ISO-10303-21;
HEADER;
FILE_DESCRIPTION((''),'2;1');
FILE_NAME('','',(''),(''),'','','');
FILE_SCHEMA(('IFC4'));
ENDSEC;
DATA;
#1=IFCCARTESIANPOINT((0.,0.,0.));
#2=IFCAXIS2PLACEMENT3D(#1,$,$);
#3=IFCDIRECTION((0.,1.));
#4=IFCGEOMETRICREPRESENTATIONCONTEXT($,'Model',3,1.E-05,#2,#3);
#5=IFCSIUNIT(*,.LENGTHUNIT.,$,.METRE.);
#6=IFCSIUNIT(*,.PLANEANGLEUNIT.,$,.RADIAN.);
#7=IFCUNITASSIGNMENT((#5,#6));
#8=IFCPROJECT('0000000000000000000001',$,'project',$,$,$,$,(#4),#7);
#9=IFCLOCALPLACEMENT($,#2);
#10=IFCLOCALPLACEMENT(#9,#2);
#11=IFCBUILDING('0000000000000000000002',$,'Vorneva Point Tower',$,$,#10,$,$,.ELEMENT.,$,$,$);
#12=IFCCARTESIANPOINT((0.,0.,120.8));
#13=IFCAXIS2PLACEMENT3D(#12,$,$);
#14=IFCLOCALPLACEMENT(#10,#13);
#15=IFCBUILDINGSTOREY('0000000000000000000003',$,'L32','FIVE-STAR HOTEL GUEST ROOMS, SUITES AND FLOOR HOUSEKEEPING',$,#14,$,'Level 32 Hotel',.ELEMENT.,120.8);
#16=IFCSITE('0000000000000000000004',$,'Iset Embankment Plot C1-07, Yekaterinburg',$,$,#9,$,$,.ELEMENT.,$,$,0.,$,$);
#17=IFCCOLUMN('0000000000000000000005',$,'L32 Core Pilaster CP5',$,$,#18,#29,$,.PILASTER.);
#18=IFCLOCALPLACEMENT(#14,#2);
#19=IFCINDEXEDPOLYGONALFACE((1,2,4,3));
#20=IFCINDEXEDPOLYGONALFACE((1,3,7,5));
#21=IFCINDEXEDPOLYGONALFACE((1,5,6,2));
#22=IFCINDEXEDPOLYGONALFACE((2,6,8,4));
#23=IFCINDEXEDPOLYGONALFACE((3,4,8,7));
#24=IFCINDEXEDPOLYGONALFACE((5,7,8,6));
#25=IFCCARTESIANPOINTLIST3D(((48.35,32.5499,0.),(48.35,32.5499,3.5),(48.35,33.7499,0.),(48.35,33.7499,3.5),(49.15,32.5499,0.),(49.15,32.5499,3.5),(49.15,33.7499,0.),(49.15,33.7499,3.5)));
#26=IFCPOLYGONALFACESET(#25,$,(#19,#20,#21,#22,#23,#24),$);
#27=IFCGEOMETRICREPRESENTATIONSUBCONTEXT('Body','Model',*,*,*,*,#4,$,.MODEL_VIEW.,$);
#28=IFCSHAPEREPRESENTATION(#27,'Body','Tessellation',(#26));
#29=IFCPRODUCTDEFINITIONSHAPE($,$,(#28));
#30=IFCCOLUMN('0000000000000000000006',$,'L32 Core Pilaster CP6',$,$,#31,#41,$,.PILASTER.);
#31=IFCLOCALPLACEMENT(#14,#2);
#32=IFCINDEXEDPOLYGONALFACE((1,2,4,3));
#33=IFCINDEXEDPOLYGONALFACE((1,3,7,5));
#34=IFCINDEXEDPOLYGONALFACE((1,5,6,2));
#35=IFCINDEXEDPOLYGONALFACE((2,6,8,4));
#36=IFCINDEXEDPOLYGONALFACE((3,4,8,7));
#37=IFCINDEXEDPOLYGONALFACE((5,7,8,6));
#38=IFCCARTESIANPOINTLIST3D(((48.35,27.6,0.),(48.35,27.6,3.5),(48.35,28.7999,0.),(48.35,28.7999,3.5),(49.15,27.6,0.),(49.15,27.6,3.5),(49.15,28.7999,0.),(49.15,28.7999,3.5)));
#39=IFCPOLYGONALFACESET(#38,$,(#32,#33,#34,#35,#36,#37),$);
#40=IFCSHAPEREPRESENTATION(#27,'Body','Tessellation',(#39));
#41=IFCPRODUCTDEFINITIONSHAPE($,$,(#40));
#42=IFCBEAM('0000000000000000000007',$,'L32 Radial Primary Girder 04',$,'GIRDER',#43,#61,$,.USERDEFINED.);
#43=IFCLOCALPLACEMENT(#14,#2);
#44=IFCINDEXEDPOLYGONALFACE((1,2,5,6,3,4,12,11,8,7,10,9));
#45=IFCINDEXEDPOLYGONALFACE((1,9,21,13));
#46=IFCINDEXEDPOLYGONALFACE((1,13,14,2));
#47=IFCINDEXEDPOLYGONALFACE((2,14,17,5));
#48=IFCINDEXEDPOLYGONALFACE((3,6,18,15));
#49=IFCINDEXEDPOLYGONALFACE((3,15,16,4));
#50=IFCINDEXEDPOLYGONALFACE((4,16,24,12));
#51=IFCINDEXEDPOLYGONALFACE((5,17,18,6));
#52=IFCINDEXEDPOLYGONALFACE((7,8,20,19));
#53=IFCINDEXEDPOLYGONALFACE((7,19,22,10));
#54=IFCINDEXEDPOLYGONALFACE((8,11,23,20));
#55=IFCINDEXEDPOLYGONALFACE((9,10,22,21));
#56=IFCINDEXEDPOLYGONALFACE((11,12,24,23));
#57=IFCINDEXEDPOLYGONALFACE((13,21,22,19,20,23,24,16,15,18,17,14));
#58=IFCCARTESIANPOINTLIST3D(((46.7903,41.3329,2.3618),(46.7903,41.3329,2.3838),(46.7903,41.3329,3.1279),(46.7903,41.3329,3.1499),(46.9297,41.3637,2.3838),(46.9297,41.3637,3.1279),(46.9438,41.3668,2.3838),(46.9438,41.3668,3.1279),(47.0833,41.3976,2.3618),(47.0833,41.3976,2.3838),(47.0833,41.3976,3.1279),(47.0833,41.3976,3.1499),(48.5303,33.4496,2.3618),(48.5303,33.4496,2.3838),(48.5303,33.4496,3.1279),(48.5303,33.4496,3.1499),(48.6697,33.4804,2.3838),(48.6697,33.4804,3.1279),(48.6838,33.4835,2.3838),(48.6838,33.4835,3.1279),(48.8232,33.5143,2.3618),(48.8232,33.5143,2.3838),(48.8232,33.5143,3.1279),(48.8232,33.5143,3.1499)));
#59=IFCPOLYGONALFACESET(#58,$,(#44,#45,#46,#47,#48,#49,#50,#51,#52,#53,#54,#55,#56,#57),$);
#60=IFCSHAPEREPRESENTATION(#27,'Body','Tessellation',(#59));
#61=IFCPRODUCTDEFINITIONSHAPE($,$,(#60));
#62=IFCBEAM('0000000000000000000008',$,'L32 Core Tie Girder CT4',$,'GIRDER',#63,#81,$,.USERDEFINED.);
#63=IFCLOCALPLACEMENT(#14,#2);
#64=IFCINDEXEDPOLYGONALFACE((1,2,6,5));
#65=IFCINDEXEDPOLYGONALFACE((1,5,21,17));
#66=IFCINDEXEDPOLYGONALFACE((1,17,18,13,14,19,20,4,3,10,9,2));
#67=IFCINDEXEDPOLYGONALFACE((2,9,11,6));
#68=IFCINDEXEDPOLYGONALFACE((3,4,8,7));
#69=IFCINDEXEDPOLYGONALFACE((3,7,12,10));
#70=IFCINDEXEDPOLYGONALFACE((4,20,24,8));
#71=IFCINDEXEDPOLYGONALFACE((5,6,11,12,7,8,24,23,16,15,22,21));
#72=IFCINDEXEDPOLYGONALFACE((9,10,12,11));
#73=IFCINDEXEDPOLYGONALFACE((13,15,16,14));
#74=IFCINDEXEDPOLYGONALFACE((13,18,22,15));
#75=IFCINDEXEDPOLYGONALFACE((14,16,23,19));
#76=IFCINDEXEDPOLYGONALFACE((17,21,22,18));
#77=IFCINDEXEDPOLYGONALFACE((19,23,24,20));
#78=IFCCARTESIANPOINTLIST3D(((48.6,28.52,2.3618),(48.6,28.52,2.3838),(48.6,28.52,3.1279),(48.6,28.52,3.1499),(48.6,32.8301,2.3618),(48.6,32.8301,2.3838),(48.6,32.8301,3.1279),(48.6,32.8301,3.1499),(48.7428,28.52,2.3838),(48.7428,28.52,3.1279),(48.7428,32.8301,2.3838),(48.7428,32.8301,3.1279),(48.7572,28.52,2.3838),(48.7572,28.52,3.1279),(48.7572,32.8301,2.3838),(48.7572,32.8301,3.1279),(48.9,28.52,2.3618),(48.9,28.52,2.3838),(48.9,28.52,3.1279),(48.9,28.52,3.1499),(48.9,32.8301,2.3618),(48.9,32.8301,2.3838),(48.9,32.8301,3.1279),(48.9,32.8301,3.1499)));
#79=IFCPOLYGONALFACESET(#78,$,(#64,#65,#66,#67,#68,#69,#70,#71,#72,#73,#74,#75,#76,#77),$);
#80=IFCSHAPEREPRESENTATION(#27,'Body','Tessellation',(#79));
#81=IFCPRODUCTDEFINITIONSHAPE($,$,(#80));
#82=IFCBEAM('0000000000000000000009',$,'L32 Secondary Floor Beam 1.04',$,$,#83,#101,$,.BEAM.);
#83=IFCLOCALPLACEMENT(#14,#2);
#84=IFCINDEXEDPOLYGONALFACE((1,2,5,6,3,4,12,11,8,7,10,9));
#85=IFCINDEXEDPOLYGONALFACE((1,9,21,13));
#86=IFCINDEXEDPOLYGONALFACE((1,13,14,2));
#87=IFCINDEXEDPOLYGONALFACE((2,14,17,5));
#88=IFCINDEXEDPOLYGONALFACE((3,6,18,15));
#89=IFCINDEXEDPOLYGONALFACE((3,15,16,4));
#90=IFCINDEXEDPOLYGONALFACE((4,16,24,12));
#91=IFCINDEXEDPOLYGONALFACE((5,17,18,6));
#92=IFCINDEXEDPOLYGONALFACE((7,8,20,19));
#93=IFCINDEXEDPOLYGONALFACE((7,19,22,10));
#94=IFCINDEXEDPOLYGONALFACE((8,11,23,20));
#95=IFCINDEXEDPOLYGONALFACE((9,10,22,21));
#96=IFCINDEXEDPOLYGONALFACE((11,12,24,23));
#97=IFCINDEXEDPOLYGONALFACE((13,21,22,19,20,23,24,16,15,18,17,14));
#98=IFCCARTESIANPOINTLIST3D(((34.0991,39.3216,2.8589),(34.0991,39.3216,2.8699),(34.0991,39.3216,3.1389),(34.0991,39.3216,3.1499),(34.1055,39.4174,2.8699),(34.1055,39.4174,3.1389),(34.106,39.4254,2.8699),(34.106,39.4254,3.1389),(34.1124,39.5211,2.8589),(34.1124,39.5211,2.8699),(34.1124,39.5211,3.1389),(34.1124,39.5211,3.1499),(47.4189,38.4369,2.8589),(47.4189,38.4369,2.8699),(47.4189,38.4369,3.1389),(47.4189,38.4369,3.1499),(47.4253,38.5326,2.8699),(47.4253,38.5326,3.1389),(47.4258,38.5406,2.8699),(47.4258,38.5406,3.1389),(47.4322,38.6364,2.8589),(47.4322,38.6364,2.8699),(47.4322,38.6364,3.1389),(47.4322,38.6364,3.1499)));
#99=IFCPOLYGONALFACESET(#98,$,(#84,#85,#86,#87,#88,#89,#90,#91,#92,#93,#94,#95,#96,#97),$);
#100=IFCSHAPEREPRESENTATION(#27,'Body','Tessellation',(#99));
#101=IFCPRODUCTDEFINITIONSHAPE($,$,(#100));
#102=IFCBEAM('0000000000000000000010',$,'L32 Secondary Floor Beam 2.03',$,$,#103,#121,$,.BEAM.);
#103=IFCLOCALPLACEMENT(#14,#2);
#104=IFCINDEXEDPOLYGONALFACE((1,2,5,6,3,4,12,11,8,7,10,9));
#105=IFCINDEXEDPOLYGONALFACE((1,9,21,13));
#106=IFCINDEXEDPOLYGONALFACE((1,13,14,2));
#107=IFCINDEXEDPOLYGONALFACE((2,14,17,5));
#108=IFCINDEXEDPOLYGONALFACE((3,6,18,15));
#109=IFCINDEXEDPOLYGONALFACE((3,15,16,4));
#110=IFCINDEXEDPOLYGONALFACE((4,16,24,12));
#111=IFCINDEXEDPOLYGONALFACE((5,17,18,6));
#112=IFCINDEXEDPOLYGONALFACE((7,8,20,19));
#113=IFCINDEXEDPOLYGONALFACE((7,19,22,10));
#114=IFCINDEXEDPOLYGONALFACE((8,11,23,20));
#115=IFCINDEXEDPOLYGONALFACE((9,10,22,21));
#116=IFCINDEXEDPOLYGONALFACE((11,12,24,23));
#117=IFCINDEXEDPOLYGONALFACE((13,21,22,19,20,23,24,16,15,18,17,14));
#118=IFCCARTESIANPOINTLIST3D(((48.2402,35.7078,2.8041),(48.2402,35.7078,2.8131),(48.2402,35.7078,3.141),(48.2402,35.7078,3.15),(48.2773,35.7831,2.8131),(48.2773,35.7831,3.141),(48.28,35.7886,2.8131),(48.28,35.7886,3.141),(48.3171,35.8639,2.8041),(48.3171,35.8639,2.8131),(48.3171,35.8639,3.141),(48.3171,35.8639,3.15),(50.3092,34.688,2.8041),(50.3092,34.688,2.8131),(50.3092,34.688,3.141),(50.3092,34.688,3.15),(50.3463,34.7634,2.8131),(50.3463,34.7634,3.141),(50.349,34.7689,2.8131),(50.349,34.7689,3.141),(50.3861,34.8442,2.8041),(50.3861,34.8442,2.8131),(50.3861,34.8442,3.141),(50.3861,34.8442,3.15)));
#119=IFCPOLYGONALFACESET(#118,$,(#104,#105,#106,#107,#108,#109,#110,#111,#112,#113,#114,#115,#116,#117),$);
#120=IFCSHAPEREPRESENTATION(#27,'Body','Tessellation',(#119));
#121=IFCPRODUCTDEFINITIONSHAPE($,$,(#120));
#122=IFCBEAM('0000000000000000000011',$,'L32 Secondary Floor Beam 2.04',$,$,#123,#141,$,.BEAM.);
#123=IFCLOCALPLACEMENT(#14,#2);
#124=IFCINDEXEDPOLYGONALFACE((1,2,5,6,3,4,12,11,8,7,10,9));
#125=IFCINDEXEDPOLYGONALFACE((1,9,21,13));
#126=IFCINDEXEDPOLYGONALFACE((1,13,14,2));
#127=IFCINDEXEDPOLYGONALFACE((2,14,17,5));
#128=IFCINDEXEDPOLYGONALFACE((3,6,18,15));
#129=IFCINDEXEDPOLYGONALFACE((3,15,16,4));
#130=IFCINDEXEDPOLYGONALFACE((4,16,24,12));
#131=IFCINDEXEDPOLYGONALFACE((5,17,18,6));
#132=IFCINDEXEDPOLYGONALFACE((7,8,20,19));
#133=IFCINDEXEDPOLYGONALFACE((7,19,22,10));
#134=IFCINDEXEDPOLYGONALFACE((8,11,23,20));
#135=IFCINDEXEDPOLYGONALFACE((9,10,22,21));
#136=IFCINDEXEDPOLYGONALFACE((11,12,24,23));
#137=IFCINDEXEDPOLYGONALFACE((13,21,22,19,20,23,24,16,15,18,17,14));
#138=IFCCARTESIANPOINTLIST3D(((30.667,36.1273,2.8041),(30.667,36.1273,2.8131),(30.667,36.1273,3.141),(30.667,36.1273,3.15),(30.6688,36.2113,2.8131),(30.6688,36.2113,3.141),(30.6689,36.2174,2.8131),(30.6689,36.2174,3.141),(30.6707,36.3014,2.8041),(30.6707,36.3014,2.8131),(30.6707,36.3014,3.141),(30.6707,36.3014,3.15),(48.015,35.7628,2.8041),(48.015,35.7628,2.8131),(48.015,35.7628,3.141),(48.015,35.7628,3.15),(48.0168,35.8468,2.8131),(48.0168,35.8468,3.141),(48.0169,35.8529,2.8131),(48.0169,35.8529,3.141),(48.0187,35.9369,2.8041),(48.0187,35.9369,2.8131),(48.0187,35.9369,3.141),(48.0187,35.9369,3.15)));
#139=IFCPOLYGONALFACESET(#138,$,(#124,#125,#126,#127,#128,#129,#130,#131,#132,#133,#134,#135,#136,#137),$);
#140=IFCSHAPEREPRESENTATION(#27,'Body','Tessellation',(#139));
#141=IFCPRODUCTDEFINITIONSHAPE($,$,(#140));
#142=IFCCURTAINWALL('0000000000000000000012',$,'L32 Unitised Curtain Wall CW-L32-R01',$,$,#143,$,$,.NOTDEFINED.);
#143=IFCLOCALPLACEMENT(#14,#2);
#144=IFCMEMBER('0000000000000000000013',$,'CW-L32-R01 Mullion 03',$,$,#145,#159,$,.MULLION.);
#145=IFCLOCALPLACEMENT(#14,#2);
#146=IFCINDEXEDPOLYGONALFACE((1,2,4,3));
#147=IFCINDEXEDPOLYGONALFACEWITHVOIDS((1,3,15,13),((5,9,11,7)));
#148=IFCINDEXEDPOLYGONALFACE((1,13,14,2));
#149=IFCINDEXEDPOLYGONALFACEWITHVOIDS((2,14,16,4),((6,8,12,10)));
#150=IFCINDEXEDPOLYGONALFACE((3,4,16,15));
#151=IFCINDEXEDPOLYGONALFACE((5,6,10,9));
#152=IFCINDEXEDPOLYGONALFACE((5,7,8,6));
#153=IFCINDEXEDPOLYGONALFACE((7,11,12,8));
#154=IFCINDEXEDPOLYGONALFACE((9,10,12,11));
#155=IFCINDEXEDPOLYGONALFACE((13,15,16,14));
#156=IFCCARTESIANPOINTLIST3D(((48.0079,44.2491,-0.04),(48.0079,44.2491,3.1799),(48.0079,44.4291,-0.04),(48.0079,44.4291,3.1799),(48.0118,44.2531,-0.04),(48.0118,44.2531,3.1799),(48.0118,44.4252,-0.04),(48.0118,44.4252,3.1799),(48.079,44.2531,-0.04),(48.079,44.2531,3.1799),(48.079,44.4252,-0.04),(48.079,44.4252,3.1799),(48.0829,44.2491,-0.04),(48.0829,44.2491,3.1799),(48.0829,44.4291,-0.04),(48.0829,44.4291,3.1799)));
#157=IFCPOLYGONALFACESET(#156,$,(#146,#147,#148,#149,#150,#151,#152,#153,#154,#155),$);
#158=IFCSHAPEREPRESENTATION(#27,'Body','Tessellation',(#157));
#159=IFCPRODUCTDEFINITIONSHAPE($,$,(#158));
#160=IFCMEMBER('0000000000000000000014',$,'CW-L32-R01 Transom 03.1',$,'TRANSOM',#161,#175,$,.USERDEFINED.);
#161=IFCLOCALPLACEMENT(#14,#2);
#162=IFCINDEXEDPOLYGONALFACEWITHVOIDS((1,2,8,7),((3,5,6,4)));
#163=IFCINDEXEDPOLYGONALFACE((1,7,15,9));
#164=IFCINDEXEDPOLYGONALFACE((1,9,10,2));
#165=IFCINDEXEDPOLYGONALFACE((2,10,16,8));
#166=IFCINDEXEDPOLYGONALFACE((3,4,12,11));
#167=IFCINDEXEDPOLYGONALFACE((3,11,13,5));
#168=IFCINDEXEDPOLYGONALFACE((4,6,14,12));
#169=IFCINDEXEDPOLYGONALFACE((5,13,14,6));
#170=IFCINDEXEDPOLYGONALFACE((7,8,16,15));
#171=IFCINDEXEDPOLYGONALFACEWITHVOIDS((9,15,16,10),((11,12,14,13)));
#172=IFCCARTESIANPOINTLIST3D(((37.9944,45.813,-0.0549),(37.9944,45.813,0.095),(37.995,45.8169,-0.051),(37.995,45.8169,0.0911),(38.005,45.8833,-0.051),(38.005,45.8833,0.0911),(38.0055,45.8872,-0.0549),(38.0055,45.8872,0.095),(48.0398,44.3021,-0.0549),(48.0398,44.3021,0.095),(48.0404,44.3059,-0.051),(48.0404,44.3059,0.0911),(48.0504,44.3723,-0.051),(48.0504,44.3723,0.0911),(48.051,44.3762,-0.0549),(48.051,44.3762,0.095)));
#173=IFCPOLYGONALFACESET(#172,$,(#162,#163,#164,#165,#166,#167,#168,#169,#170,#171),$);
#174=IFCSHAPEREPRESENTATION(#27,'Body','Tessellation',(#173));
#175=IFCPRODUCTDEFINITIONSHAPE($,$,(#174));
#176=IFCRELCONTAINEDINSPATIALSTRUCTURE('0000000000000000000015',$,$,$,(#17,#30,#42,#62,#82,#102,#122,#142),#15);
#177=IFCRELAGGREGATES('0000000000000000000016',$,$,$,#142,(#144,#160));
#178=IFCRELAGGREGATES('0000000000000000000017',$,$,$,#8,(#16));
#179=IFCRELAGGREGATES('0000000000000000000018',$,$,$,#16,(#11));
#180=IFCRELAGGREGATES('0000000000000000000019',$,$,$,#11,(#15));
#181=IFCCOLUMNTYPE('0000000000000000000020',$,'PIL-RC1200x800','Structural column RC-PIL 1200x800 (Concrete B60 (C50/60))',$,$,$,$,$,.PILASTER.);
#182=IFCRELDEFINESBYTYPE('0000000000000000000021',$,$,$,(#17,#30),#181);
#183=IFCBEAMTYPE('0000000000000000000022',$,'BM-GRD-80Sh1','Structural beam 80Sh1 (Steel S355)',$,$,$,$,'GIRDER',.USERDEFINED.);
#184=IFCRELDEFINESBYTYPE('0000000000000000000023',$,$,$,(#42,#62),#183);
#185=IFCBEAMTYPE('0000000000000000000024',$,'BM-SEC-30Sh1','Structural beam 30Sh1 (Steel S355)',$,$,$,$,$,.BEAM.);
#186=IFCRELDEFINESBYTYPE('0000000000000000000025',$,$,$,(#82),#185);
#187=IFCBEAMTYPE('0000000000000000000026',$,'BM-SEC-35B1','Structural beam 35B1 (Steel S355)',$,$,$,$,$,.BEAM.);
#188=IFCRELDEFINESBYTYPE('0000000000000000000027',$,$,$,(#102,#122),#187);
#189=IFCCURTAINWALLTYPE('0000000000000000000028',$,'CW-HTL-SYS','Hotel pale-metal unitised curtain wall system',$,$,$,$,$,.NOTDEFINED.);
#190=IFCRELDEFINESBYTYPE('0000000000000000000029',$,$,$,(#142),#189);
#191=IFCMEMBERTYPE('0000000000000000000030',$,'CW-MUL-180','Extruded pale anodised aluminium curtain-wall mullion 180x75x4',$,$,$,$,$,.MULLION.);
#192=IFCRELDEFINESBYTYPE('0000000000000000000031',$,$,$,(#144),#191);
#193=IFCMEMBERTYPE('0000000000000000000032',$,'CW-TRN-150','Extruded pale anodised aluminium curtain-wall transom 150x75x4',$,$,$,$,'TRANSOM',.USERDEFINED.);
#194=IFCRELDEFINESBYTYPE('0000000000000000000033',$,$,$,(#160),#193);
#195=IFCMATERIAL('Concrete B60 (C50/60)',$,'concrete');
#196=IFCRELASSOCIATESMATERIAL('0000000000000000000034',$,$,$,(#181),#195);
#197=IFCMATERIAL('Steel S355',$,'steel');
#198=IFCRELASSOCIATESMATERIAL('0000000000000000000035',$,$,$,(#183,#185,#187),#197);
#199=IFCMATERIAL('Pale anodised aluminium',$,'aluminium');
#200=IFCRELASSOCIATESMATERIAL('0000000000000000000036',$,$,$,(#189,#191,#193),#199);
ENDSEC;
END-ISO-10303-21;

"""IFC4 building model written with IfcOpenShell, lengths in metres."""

from ifc_helpers import new_model, si_unit, direction, frame, origin, origin_2d, place, context, subcontext, project, spatial, rectangle, hollow_rectangle, i_section, extrude, material, material_profile, profile_set, type_object, element, aggregate, save


model = new_model("IFC4")

# Units and contexts
model_context = context("Model", 3, precision=1e-05, world=origin(), true_north=direction((0.0, 1.0)))
body_context = subcontext(model_context, "Body", "Model", "MODEL_VIEW")
ifc_project = project(units=[si_unit("LENGTHUNIT", "METRE"), si_unit("PLANEANGLEUNIT", "RADIAN")], contexts=[model_context])

# Site, building, storey
site_placement = place(None, origin())
site = spatial("IfcSite", under=ifc_project, at=site_placement, Name="Iset Embankment Plot C1-07, Yekaterinburg", CompositionType="ELEMENT", RefElevation=0.0)
building_placement = place(site_placement, origin())
building = spatial("IfcBuilding", under=site, at=building_placement, Name="Vorneva Point Tower", CompositionType="ELEMENT")
storey_placement = place(building_placement, frame((0.0, 0.0, 120.8)))
storey = spatial("IfcBuildingStorey", under=building, at=storey_placement, Name="L32", Description="FIVE-STAR HOTEL GUEST ROOMS, SUITES AND FLOOR HOUSEKEEPING", LongName="Level 32 Hotel", CompositionType="ELEMENT", Elevation=120.8)

# Columns
ifc_material_1 = material(Name="Concrete B60 (C50/60)", Category="concrete")
ifc_material_profile_1 = material_profile(ifc_material_1, rectangle(XDim=0.8, YDim=1.2, at=origin_2d()), Name="RC-PIL 1200x800")
ifc_profile_set_1 = profile_set([ifc_material_profile_1], Name="Concrete B60 (C50/60)")
column_type = type_object("IfcColumnType", Name="PIL-RC1200x800", Description="Structural column RC-PIL 1200x800 (Concrete B60 (C50/60))", PredefinedType="PILASTER", material=ifc_profile_set_1)
for number, where, z_axis, x_axis, name in (
    (1, (48.75, 33.1499, 0.0), (0.0, 0.0, 1.0), (1.0, 0.0, 0.0), "L32 Core Pilaster CP5"),
    (2, (48.75, 28.2, 0.0), (0.0, 0.0, 1.0), (1.0, 0.0, 0.0), "L32 Core Pilaster CP6"),
):
    element("IfcColumn", number, at=place(storey_placement, frame(where, z_axis=z_axis, x_axis=x_axis)), inside=storey, type_object=column_type, Name=name, PredefinedType="PILASTER", context=body_context, shape_type="SweptSolid", body=[
        extrude(rectangle(XDim=0.8, YDim=1.2, at=origin_2d()), origin(), (0.0, 0.0, 1.0), 3.5),
    ])

# Beams
ifc_material_2 = material(Name="Steel S355", Category="steel")
ifc_material_profile_2 = material_profile(ifc_material_2, i_section(OverallWidth=0.3, OverallDepth=0.7881, WebThickness=0.0144, FlangeThickness=0.022, at=origin_2d()), Name="80Sh1")
ifc_profile_set_2 = profile_set([ifc_material_profile_2], Name="Steel S355")
beam_type_1 = type_object("IfcBeamType", Name="BM-GRD-80Sh1", Description="Structural beam 80Sh1 (Steel S355)", ElementType="GIRDER", PredefinedType="USERDEFINED", material=ifc_profile_set_2)
beam_1_placement = place(storey_placement, frame((46.9368, 41.3652, 2.7559), z_axis=(0.215531, -0.976497, 0.0), x_axis=(0.976497, 0.215531, 0.0)))
element("IfcBeam", 3, at=beam_1_placement, inside=storey, type_object=beam_type_1, Name="L32 Radial Primary Girder 04", ObjectType="GIRDER", PredefinedType="USERDEFINED", context=body_context, shape_type="SweptSolid", body=[
    extrude(i_section(OverallWidth=0.3, OverallDepth=0.7881, WebThickness=0.0144, FlangeThickness=0.022, at=origin_2d()), origin(), (0.0, 0.0, 1.0), 8.073),
])
beam_2_placement = place(storey_placement, frame((48.75, 28.52, 2.7559), z_axis=(0.0, 1.0, 0.0), x_axis=(-1.0, 0.0, 0.0)))
element("IfcBeam", 4, at=beam_2_placement, inside=storey, type_object=beam_type_1, Name="L32 Core Tie Girder CT4", ObjectType="GIRDER", PredefinedType="USERDEFINED", context=body_context, shape_type="SweptSolid", body=[
    extrude(i_section(OverallWidth=0.3, OverallDepth=0.7881, WebThickness=0.0144, FlangeThickness=0.022, at=origin_2d()), origin(), (0.0, 0.0, 1.0), 4.3101),
])
ifc_material_profile_3 = material_profile(ifc_material_2, i_section(OverallWidth=0.2, OverallDepth=0.291, WebThickness=0.0081, FlangeThickness=0.011, at=origin_2d()), Name="30Sh1")
ifc_profile_set_3 = profile_set([ifc_material_profile_3], Name="Steel S355")
beam_type_2 = type_object("IfcBeamType", Name="BM-SEC-30Sh1", Description="Structural beam 30Sh1 (Steel S355)", PredefinedType="BEAM", material=ifc_profile_set_3)
beam_3_placement = place(storey_placement, frame((47.4255, 38.5366, 3.0044), z_axis=(-0.997801, 0.066279, 0.0), x_axis=(-0.066279, -0.997801, 0.0)))
element("IfcBeam", 5, at=beam_3_placement, inside=storey, type_object=beam_type_2, Name="L32 Secondary Floor Beam 1.04", PredefinedType="BEAM", context=body_context, shape_type="SweptSolid", body=[
    extrude(i_section(OverallWidth=0.2, OverallDepth=0.291, WebThickness=0.0081, FlangeThickness=0.011, at=origin_2d()), origin(), (0.0, 0.0, 1.0), 13.3491),
])
ifc_material_profile_4 = material_profile(ifc_material_2, i_section(OverallWidth=0.1741, OverallDepth=0.3459, WebThickness=0.0061, FlangeThickness=0.009, at=origin_2d()), Name="35B1")
ifc_profile_set_4 = profile_set([ifc_material_profile_4], Name="Steel S355")
beam_type_3 = type_object("IfcBeamType", Name="BM-SEC-35B1", Description="Structural beam 35B1 (Steel S355)", PredefinedType="BEAM", material=ifc_profile_set_4)
beam_4_placement = place(storey_placement, frame((50.3477, 34.7661, 2.9771), z_axis=(-0.896974, 0.442084, 0.0), x_axis=(-0.442084, -0.896974, 0.0)))
element("IfcBeam", 6, at=beam_4_placement, inside=storey, type_object=beam_type_3, Name="L32 Secondary Floor Beam 2.03", PredefinedType="BEAM", context=body_context, shape_type="SweptSolid", body=[
    extrude(i_section(OverallWidth=0.1741, OverallDepth=0.3459, WebThickness=0.0061, FlangeThickness=0.009, at=origin_2d()), origin(), (0.0, 0.0, 1.0), 2.3066),
])
beam_5_placement = place(storey_placement, frame((48.0168, 35.8499, 2.9771), z_axis=(-0.999779, 0.021007, 0.0), x_axis=(-0.021007, -0.999779, 0.0)))
element("IfcBeam", 7, at=beam_5_placement, inside=storey, type_object=beam_type_3, Name="L32 Secondary Floor Beam 2.04", PredefinedType="BEAM", context=body_context, shape_type="SweptSolid", body=[
    extrude(i_section(OverallWidth=0.1741, OverallDepth=0.3459, WebThickness=0.0061, FlangeThickness=0.009, at=origin_2d()), origin(), (0.0, 0.0, 1.0), 17.3518),
])

# Curtain wall, members
ifc_material_3 = material(Name="Pale anodised aluminium", Category="aluminium")
curtain_wall_type = type_object("IfcCurtainWallType", Name="CW-HTL-SYS", Description="Hotel pale-metal unitised curtain wall system", PredefinedType="NOTDEFINED", material=ifc_material_3)
curtain_wall_placement = place(storey_placement, origin())
curtain_wall = element("IfcCurtainWall", 8, at=curtain_wall_placement, inside=storey, type_object=curtain_wall_type, Name="L32 Unitised Curtain Wall CW-L32-R01", PredefinedType="NOTDEFINED")
ifc_material_profile_5 = material_profile(ifc_material_3, hollow_rectangle(XDim=0.075, YDim=0.1799, WallThickness=0.0039, at=origin_2d()), Name="AL-MUL 180x75x4")
ifc_profile_set_5 = profile_set([ifc_material_profile_5], Name="Pale anodised aluminium")
member_type_1 = type_object("IfcMemberType", Name="CW-MUL-180", Description="Extruded pale anodised aluminium curtain-wall mullion 180x75x4", PredefinedType="MULLION", material=ifc_profile_set_5)
member_1_placement = place(storey_placement, frame((48.0454, 44.3391, -0.04), z_axis=(0.0, 0.0, 1.0), x_axis=(1.0, 0.0, 0.0)))
member_1 = element("IfcMember", 9, at=member_1_placement, type_object=member_type_1, Name="CW-L32-R01 Mullion 03", PredefinedType="MULLION", context=body_context, shape_type="SweptSolid", body=[
    extrude(hollow_rectangle(XDim=0.075, YDim=0.1799, WallThickness=0.0039, at=origin_2d()), origin(), (0.0, 0.0, 1.0), 3.22),
])
ifc_material_profile_6 = material_profile(ifc_material_3, hollow_rectangle(XDim=0.075, YDim=0.1499, WallThickness=0.0039, at=origin_2d()), Name="AL-TRN 150x75x4")
ifc_profile_set_6 = profile_set([ifc_material_profile_6], Name="Pale anodised aluminium")
member_type_2 = type_object("IfcMemberType", Name="CW-TRN-150", Description="Extruded pale anodised aluminium curtain-wall transom 150x75x4", ElementType="TRANSOM", PredefinedType="USERDEFINED", material=ifc_profile_set_6)
member_2_placement = place(storey_placement, frame((48.0454, 44.3391, 0.02), z_axis=(-0.988876, 0.148742, 0.0), x_axis=(-0.148742, -0.988876, 0.0)))
member_2 = element("IfcMember", 10, at=member_2_placement, type_object=member_type_2, Name="CW-L32-R01 Transom 03.1", ObjectType="TRANSOM", PredefinedType="USERDEFINED", context=body_context, shape_type="SweptSolid", body=[
    extrude(hollow_rectangle(XDim=0.075, YDim=0.1499, WallThickness=0.0039, at=origin_2d()), origin(), (0.0, 0.0, 1.0), 10.1584),
])
aggregate(curtain_wall, [member_1, member_2])

save(model, "model.ifc")
